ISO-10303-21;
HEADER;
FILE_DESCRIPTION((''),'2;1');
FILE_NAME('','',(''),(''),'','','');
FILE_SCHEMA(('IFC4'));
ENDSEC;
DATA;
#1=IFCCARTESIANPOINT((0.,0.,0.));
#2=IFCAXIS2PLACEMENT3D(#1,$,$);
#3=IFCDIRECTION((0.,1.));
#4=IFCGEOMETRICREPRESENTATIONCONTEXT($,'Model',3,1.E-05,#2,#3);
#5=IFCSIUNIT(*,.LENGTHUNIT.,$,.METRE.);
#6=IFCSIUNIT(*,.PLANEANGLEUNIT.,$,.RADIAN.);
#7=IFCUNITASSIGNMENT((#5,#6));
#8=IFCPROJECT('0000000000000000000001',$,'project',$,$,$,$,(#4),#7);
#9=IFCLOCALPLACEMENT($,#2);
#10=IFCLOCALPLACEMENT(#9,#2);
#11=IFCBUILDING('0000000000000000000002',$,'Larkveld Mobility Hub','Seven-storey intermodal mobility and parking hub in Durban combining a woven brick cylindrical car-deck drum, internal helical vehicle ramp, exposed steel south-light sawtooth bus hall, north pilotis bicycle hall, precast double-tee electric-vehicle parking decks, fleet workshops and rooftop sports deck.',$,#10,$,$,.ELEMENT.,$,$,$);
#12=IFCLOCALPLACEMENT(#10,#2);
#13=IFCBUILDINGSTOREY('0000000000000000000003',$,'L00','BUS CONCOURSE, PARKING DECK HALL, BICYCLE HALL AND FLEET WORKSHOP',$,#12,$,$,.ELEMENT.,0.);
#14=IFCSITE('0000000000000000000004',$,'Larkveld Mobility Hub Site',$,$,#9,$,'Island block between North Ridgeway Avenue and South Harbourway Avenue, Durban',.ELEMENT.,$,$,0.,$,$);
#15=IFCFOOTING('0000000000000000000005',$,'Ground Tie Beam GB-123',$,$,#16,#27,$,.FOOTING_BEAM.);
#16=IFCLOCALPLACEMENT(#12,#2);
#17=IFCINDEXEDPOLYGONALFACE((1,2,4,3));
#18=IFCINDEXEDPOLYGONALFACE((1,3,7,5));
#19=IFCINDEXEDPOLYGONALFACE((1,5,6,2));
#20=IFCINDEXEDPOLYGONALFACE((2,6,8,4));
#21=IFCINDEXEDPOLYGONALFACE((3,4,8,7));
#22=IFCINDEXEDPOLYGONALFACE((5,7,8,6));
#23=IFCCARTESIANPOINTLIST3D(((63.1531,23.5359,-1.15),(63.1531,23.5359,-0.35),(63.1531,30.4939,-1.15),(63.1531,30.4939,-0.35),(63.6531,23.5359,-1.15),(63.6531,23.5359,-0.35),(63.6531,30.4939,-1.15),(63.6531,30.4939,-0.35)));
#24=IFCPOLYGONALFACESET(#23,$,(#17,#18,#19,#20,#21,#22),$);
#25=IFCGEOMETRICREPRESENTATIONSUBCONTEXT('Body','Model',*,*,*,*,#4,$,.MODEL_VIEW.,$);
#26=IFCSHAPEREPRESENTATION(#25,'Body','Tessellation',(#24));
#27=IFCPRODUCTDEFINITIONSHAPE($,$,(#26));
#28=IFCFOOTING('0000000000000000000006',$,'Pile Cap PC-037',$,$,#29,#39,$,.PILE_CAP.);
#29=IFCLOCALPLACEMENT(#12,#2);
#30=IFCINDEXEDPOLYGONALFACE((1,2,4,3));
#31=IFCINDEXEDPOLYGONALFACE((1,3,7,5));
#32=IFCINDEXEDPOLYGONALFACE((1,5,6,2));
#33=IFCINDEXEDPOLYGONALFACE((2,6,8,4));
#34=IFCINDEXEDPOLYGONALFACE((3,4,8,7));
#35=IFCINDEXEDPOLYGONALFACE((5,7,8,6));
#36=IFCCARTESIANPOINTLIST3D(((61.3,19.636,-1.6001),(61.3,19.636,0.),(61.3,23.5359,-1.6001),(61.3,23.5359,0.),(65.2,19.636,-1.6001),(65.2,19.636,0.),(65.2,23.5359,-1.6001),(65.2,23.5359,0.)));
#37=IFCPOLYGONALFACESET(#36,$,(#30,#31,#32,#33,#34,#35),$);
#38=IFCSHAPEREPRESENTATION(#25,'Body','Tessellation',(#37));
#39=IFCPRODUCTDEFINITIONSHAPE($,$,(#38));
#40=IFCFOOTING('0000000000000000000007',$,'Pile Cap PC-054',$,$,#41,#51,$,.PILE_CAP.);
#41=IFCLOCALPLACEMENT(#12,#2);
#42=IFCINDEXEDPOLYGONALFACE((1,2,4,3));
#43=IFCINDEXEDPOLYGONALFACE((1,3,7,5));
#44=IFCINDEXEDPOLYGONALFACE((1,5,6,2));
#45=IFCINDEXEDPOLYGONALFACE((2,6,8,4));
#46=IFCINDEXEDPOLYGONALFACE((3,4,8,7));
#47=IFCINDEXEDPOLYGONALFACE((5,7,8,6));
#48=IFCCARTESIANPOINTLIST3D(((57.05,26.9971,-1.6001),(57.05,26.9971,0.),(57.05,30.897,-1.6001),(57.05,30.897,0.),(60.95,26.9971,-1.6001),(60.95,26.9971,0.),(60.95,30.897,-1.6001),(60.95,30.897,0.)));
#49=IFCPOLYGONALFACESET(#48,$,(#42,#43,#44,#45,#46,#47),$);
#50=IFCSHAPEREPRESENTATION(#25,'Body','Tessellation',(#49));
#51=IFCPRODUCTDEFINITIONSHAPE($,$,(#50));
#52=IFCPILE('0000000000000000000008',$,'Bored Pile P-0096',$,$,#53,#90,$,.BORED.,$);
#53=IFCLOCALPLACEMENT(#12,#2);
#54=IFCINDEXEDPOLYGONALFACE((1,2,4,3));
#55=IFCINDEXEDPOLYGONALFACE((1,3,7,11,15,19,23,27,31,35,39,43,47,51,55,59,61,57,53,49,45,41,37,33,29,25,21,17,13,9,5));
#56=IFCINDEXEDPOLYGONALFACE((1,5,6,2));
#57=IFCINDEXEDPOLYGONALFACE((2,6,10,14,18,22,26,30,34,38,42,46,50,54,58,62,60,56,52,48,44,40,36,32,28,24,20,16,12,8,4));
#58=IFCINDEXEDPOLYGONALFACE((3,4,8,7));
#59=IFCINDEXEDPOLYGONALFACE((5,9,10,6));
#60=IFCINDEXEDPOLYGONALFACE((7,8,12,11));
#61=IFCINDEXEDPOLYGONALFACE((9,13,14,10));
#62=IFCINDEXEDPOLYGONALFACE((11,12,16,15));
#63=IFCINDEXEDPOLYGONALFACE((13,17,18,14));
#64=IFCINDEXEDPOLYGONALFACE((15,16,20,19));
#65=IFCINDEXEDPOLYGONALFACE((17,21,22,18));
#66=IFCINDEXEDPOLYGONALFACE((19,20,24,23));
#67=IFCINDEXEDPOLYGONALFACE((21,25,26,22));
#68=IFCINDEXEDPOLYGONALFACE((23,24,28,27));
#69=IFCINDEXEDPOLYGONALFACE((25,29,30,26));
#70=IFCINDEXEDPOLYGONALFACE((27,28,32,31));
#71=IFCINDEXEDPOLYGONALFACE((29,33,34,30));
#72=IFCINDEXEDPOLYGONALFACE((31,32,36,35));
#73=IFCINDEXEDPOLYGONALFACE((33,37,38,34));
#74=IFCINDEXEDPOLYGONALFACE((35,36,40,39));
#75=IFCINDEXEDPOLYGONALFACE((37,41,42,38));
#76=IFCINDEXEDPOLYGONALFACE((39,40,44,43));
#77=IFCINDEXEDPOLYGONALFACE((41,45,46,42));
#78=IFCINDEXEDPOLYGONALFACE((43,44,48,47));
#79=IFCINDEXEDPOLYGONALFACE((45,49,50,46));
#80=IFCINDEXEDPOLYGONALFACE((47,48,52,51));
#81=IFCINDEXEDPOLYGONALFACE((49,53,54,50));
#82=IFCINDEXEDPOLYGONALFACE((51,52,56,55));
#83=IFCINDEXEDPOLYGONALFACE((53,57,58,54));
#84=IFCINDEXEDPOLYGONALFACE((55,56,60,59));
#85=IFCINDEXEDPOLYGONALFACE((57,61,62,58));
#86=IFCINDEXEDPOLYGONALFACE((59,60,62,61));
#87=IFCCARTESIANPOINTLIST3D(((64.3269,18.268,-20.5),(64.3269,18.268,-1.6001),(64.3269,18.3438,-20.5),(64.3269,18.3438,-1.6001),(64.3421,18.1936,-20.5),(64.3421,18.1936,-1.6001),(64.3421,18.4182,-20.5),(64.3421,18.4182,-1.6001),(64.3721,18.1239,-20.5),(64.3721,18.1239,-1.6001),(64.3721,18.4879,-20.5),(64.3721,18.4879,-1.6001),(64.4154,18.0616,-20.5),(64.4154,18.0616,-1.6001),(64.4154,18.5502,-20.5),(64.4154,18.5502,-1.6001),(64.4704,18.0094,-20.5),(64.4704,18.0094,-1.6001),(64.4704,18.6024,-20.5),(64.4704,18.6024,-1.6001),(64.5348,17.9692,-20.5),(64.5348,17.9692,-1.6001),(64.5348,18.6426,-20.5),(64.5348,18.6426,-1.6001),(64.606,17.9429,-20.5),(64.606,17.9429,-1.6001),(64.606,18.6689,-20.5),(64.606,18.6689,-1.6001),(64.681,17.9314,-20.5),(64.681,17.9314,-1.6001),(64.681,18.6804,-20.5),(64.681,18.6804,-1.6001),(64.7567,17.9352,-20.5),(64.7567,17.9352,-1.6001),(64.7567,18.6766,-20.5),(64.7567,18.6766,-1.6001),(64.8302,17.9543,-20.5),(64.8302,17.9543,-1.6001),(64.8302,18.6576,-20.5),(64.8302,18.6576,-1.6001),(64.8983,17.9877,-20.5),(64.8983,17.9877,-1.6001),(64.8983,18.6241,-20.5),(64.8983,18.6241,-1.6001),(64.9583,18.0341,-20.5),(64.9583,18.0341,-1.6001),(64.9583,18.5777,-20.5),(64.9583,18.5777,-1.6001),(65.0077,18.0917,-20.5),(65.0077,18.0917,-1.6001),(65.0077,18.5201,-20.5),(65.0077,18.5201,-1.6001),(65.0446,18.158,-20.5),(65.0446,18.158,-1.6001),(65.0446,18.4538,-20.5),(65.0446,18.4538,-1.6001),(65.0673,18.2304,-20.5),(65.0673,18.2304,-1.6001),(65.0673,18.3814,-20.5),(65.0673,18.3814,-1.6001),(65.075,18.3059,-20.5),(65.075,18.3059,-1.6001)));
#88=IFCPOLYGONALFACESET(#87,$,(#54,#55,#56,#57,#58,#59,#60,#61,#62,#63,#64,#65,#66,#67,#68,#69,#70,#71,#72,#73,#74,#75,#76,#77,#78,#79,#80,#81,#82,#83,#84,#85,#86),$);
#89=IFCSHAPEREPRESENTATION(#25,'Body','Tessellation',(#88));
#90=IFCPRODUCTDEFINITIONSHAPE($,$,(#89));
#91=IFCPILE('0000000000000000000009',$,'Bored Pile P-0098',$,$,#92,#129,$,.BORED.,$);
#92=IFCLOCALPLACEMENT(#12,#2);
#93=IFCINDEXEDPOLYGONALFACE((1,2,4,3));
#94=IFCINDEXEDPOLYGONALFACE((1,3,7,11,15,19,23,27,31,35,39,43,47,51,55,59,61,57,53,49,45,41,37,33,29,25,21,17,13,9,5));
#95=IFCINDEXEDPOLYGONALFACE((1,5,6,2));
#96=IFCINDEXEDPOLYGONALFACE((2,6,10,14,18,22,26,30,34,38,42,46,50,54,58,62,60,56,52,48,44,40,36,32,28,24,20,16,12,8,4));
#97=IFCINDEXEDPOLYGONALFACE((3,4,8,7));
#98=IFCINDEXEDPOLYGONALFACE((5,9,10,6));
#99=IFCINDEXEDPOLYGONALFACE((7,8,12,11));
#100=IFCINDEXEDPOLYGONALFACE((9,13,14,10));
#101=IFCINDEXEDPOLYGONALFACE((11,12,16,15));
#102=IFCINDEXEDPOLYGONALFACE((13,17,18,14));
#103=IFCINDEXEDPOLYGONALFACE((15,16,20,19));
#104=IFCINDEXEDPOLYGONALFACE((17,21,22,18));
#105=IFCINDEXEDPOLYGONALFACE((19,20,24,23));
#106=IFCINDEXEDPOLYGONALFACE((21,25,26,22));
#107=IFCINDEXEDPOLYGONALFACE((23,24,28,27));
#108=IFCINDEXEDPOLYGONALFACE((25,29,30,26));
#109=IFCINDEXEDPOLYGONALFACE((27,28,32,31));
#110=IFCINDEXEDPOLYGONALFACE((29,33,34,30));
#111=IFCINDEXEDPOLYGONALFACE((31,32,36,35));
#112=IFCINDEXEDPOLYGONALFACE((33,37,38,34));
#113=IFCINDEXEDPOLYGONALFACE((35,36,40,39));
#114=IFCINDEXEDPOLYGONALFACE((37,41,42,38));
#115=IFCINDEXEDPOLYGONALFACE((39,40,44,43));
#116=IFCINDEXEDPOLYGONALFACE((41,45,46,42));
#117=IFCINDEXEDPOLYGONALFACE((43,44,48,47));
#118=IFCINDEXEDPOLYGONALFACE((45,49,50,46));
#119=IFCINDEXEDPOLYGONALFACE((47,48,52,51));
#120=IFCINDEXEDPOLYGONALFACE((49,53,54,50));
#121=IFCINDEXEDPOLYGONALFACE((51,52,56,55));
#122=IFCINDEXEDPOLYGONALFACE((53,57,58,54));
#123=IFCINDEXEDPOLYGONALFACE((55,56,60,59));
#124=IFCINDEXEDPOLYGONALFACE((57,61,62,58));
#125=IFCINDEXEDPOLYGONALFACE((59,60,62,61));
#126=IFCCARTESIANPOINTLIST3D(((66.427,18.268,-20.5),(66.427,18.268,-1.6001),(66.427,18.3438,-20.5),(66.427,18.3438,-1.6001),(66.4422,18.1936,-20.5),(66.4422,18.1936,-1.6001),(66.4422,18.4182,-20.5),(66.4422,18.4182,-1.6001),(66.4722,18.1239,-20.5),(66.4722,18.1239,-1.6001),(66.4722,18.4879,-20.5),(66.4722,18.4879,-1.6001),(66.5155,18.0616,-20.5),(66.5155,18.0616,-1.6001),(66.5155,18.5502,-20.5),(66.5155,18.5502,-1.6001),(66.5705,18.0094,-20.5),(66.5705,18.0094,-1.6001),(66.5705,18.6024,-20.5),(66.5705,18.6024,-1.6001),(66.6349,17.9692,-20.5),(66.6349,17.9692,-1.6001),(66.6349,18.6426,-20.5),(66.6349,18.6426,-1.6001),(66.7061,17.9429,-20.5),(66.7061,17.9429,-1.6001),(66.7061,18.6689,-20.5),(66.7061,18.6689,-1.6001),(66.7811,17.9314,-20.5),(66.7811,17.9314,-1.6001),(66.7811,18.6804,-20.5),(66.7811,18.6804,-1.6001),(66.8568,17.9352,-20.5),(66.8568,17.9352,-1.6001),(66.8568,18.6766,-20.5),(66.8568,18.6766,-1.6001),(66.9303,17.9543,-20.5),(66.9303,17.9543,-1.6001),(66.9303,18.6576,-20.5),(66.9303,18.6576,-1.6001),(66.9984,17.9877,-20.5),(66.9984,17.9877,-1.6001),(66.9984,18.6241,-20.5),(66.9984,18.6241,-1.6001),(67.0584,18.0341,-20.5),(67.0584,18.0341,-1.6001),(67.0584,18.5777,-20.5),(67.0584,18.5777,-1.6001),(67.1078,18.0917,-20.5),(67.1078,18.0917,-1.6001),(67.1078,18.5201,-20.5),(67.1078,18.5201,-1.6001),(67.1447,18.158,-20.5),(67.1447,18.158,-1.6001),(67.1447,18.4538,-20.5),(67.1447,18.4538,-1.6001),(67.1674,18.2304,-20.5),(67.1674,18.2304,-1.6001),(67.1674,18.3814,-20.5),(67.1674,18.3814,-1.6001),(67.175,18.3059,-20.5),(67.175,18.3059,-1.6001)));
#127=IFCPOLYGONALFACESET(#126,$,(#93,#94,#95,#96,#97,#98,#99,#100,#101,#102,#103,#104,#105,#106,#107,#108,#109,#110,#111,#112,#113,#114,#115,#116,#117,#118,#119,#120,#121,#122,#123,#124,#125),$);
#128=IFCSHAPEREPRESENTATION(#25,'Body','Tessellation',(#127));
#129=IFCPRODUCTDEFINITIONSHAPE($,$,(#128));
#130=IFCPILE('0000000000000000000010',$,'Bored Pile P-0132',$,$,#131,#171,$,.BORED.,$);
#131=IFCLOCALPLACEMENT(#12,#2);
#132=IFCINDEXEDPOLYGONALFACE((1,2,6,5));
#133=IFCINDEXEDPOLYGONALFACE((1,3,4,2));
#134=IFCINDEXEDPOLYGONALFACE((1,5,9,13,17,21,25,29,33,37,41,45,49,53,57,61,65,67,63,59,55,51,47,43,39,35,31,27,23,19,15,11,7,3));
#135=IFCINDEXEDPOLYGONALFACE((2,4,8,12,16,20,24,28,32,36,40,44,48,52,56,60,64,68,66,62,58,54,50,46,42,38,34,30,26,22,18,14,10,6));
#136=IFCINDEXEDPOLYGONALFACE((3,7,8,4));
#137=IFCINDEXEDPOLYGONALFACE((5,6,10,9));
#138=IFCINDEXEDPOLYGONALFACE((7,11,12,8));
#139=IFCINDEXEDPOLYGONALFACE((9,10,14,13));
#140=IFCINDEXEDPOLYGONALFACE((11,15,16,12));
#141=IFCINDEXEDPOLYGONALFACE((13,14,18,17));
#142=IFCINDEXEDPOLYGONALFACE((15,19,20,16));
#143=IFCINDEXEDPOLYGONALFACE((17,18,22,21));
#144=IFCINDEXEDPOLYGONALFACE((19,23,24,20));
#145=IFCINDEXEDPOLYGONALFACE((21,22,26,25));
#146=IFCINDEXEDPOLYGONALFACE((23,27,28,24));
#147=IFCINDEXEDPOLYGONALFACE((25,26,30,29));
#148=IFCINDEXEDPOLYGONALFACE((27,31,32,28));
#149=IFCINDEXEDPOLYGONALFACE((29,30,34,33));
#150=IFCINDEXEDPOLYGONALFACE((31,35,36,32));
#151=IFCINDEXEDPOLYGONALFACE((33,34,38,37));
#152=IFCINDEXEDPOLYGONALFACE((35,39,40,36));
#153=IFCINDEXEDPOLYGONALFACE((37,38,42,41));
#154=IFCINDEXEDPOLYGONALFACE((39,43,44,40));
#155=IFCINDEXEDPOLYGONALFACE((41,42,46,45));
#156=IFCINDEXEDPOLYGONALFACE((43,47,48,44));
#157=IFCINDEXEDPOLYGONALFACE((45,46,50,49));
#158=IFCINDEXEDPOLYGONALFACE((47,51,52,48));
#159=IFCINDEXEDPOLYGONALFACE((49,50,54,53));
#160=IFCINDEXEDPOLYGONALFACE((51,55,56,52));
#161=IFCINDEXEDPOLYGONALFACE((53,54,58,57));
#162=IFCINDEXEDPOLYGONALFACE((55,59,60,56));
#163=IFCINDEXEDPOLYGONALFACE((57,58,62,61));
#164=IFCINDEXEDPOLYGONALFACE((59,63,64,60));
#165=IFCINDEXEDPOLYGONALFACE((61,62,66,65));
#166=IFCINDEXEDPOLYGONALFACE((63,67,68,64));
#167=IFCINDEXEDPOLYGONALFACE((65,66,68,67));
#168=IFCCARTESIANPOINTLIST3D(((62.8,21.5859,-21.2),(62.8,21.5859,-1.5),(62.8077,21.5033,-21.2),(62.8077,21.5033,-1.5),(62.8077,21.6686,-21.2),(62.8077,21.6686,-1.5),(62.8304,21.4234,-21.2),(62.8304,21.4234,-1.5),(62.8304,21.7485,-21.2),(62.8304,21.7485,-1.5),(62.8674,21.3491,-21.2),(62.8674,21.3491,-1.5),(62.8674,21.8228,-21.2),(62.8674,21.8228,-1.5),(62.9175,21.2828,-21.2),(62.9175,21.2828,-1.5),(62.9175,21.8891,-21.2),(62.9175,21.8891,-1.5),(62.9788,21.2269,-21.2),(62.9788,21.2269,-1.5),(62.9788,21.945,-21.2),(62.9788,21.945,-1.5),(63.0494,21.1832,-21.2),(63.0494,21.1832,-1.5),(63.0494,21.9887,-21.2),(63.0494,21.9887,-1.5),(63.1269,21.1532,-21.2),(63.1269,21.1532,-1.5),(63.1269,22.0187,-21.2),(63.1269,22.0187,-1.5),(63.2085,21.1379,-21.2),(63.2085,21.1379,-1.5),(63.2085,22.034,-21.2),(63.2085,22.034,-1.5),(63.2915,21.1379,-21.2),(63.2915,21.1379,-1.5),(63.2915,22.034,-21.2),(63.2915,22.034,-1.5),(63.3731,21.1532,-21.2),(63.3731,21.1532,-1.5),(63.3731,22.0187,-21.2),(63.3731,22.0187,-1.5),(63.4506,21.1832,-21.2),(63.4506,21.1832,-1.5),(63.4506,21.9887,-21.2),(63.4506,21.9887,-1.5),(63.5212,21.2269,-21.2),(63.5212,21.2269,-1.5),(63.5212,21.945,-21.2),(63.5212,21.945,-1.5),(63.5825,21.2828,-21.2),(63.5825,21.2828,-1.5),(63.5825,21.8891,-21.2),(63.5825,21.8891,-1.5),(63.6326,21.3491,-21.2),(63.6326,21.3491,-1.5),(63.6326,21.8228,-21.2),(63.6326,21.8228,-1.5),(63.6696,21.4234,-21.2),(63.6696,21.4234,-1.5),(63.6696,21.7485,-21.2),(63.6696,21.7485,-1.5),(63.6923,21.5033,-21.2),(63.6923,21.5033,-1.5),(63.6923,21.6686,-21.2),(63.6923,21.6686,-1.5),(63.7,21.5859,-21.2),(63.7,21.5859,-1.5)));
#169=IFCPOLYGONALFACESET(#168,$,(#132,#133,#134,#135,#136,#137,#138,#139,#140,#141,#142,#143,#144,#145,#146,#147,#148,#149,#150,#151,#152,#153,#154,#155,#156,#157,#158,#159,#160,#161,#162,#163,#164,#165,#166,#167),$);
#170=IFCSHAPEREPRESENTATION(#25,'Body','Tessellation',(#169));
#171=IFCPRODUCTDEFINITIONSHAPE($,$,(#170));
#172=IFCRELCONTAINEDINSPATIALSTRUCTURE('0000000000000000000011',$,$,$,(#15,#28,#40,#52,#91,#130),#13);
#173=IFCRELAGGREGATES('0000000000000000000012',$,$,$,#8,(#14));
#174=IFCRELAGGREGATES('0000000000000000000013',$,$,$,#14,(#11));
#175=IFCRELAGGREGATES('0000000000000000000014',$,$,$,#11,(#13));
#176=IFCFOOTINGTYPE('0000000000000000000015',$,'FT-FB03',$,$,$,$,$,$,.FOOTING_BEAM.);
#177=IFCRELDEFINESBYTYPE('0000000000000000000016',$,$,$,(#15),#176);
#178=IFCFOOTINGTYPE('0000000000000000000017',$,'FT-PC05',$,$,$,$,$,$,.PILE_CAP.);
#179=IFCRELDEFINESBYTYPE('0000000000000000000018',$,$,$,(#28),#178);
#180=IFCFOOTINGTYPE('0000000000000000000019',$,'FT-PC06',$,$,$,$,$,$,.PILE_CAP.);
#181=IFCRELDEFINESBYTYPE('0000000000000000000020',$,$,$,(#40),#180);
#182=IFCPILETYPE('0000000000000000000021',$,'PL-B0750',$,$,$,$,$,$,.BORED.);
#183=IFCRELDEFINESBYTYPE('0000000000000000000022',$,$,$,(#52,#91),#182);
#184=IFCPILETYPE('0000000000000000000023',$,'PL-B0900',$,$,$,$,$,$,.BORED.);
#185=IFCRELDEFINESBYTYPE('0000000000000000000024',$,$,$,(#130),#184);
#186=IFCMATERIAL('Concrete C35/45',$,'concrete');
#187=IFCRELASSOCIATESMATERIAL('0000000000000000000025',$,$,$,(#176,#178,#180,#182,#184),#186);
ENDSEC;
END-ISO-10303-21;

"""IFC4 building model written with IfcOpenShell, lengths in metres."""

from ifc_helpers import new_model, si_unit, direction, frame, origin, origin_2d, place, context, subcontext, project, spatial, rectangle, circle, extrude, material, material_profile, profile_set, type_object, element, save


model = new_model("IFC4")

# Units and contexts
model_context = context("Model", 3, precision=1e-05, world=origin(), true_north=direction((0.0, 1.0)))
body_context = subcontext(model_context, "Body", "Model", "MODEL_VIEW")
ifc_project = project(units=[si_unit("LENGTHUNIT", "METRE"), si_unit("PLANEANGLEUNIT", "RADIAN")], contexts=[model_context])

# Site, building, storey
site_placement = place(None, origin())
site = spatial("IfcSite", under=ifc_project, at=site_placement, Name="Larkveld Mobility Hub Site", LongName="Island block between North Ridgeway Avenue and South Harbourway Avenue, Durban", CompositionType="ELEMENT", RefElevation=0.0)
building_placement = place(site_placement, origin())
building = spatial("IfcBuilding", under=site, at=building_placement, Name="Larkveld Mobility Hub", Description="Seven-storey intermodal mobility and parking hub in Durban combining a woven brick cylindrical car-deck drum, internal helical vehicle ramp, exposed steel south-light sawtooth bus hall, north pilotis bicycle hall, precast double-tee electric-vehicle parking decks, fleet workshops and rooftop sports deck.", CompositionType="ELEMENT")
storey_placement = place(building_placement, origin())
storey = spatial("IfcBuildingStorey", under=building, at=storey_placement, Name="L00", Description="BUS CONCOURSE, PARKING DECK HALL, BICYCLE HALL AND FLEET WORKSHOP", CompositionType="ELEMENT", Elevation=0.0)

# Footings
ifc_material_1 = material(Name="Concrete C35/45", Category="concrete")
ifc_material_profile_1 = material_profile(ifc_material_1, rectangle(XDim=0.5, YDim=0.8, at=origin_2d()), Name="RC BM 500x800")
ifc_profile_set_1 = profile_set([ifc_material_profile_1], Name="Concrete C35/45")
footing_type_1 = type_object("IfcFootingType", Name="FT-FB03", PredefinedType="FOOTING_BEAM", material=ifc_profile_set_1)
footing_1_placement = place(storey_placement, frame((63.4031, 23.5359, -0.75), z_axis=(0.0, 1.0, 0.0), x_axis=(-1.0, 0.0, 0.0)))
element("IfcFooting", 1, at=footing_1_placement, inside=storey, type_object=footing_type_1, Name="Ground Tie Beam GB-123", PredefinedType="FOOTING_BEAM", context=body_context, shape_type="SweptSolid", body=[
    extrude(rectangle(XDim=0.5, YDim=0.8, at=origin_2d()), origin(), (0.0, 0.0, 1.0), 6.958),
])
footing_type_2 = type_object("IfcFootingType", Name="FT-PC05", PredefinedType="PILE_CAP", material=ifc_material_1)
footing_2_placement = place(storey_placement, frame((63.25, 21.5859, -1.6001), z_axis=(0.0, 0.0, 1.0), x_axis=(1.0, 0.0, 0.0)))
element("IfcFooting", 2, at=footing_2_placement, inside=storey, type_object=footing_type_2, Name="Pile Cap PC-037", PredefinedType="PILE_CAP", context=body_context, shape_type="SweptSolid", body=[
    extrude(rectangle(XDim=3.8999, YDim=3.8999, at=origin_2d()), origin(), (0.0, 0.0, 1.0), 1.6001),
])
footing_type_3 = type_object("IfcFootingType", Name="FT-PC06", PredefinedType="PILE_CAP", material=ifc_material_1)
footing_3_placement = place(storey_placement, frame((59.0, 28.947, -1.6001), z_axis=(0.0, 0.0, 1.0), x_axis=(1.0, 0.0, 0.0)))
element("IfcFooting", 3, at=footing_3_placement, inside=storey, type_object=footing_type_3, Name="Pile Cap PC-054", PredefinedType="PILE_CAP", context=body_context, shape_type="SweptSolid", body=[
    extrude(rectangle(XDim=3.8999, YDim=3.8999, at=origin_2d()), origin(), (0.0, 0.0, 1.0), 1.6001),
])

# Piles
ifc_material_profile_2 = material_profile(ifc_material_1, circle(Radius=0.375, at=origin_2d()), Name="PILE D750")
ifc_profile_set_2 = profile_set([ifc_material_profile_2], Name="Concrete C35/45")
pile_type_1 = type_object("IfcPileType", Name="PL-B0750", PredefinedType="BORED", material=ifc_profile_set_2)
for number, where, z_axis, x_axis, name in (
    (4, (64.7, 18.3059, -1.6001), (0.0, 0.0, -1.0), (1.0, 0.0, 0.0), "Bored Pile P-0096"),
    (5, (66.8, 18.3059, -1.6001), (0.0, 0.0, -1.0), (1.0, 0.0, 0.0), "Bored Pile P-0098"),
):
    element("IfcPile", number, at=place(storey_placement, frame(where, z_axis=z_axis, x_axis=x_axis)), inside=storey, type_object=pile_type_1, Name=name, PredefinedType="BORED", context=body_context, shape_type="SweptSolid", body=[
        extrude(circle(Radius=0.375, at=origin_2d()), origin(), (0.0, 0.0, 1.0), 18.8999),
    ])
ifc_material_profile_3 = material_profile(ifc_material_1, circle(Radius=0.45, at=origin_2d()), Name="PILE D900")
ifc_profile_set_3 = profile_set([ifc_material_profile_3], Name="Concrete C35/45")
pile_type_2 = type_object("IfcPileType", Name="PL-B0900", PredefinedType="BORED", material=ifc_profile_set_3)
for number, where, z_axis, x_axis, name in (
    (6, (63.25, 21.5859, -1.5), (0.0, 0.0, -1.0), (1.0, 0.0, 0.0), "Bored Pile P-0132"),
):
    element("IfcPile", number, at=place(storey_placement, frame(where, z_axis=z_axis, x_axis=x_axis)), inside=storey, type_object=pile_type_2, Name=name, PredefinedType="BORED", context=body_context, shape_type="SweptSolid", body=[
        extrude(circle(Radius=0.45, at=origin_2d()), origin(), (0.0, 0.0, 1.0), 19.7),
    ])

save(model, "model.ifc")
